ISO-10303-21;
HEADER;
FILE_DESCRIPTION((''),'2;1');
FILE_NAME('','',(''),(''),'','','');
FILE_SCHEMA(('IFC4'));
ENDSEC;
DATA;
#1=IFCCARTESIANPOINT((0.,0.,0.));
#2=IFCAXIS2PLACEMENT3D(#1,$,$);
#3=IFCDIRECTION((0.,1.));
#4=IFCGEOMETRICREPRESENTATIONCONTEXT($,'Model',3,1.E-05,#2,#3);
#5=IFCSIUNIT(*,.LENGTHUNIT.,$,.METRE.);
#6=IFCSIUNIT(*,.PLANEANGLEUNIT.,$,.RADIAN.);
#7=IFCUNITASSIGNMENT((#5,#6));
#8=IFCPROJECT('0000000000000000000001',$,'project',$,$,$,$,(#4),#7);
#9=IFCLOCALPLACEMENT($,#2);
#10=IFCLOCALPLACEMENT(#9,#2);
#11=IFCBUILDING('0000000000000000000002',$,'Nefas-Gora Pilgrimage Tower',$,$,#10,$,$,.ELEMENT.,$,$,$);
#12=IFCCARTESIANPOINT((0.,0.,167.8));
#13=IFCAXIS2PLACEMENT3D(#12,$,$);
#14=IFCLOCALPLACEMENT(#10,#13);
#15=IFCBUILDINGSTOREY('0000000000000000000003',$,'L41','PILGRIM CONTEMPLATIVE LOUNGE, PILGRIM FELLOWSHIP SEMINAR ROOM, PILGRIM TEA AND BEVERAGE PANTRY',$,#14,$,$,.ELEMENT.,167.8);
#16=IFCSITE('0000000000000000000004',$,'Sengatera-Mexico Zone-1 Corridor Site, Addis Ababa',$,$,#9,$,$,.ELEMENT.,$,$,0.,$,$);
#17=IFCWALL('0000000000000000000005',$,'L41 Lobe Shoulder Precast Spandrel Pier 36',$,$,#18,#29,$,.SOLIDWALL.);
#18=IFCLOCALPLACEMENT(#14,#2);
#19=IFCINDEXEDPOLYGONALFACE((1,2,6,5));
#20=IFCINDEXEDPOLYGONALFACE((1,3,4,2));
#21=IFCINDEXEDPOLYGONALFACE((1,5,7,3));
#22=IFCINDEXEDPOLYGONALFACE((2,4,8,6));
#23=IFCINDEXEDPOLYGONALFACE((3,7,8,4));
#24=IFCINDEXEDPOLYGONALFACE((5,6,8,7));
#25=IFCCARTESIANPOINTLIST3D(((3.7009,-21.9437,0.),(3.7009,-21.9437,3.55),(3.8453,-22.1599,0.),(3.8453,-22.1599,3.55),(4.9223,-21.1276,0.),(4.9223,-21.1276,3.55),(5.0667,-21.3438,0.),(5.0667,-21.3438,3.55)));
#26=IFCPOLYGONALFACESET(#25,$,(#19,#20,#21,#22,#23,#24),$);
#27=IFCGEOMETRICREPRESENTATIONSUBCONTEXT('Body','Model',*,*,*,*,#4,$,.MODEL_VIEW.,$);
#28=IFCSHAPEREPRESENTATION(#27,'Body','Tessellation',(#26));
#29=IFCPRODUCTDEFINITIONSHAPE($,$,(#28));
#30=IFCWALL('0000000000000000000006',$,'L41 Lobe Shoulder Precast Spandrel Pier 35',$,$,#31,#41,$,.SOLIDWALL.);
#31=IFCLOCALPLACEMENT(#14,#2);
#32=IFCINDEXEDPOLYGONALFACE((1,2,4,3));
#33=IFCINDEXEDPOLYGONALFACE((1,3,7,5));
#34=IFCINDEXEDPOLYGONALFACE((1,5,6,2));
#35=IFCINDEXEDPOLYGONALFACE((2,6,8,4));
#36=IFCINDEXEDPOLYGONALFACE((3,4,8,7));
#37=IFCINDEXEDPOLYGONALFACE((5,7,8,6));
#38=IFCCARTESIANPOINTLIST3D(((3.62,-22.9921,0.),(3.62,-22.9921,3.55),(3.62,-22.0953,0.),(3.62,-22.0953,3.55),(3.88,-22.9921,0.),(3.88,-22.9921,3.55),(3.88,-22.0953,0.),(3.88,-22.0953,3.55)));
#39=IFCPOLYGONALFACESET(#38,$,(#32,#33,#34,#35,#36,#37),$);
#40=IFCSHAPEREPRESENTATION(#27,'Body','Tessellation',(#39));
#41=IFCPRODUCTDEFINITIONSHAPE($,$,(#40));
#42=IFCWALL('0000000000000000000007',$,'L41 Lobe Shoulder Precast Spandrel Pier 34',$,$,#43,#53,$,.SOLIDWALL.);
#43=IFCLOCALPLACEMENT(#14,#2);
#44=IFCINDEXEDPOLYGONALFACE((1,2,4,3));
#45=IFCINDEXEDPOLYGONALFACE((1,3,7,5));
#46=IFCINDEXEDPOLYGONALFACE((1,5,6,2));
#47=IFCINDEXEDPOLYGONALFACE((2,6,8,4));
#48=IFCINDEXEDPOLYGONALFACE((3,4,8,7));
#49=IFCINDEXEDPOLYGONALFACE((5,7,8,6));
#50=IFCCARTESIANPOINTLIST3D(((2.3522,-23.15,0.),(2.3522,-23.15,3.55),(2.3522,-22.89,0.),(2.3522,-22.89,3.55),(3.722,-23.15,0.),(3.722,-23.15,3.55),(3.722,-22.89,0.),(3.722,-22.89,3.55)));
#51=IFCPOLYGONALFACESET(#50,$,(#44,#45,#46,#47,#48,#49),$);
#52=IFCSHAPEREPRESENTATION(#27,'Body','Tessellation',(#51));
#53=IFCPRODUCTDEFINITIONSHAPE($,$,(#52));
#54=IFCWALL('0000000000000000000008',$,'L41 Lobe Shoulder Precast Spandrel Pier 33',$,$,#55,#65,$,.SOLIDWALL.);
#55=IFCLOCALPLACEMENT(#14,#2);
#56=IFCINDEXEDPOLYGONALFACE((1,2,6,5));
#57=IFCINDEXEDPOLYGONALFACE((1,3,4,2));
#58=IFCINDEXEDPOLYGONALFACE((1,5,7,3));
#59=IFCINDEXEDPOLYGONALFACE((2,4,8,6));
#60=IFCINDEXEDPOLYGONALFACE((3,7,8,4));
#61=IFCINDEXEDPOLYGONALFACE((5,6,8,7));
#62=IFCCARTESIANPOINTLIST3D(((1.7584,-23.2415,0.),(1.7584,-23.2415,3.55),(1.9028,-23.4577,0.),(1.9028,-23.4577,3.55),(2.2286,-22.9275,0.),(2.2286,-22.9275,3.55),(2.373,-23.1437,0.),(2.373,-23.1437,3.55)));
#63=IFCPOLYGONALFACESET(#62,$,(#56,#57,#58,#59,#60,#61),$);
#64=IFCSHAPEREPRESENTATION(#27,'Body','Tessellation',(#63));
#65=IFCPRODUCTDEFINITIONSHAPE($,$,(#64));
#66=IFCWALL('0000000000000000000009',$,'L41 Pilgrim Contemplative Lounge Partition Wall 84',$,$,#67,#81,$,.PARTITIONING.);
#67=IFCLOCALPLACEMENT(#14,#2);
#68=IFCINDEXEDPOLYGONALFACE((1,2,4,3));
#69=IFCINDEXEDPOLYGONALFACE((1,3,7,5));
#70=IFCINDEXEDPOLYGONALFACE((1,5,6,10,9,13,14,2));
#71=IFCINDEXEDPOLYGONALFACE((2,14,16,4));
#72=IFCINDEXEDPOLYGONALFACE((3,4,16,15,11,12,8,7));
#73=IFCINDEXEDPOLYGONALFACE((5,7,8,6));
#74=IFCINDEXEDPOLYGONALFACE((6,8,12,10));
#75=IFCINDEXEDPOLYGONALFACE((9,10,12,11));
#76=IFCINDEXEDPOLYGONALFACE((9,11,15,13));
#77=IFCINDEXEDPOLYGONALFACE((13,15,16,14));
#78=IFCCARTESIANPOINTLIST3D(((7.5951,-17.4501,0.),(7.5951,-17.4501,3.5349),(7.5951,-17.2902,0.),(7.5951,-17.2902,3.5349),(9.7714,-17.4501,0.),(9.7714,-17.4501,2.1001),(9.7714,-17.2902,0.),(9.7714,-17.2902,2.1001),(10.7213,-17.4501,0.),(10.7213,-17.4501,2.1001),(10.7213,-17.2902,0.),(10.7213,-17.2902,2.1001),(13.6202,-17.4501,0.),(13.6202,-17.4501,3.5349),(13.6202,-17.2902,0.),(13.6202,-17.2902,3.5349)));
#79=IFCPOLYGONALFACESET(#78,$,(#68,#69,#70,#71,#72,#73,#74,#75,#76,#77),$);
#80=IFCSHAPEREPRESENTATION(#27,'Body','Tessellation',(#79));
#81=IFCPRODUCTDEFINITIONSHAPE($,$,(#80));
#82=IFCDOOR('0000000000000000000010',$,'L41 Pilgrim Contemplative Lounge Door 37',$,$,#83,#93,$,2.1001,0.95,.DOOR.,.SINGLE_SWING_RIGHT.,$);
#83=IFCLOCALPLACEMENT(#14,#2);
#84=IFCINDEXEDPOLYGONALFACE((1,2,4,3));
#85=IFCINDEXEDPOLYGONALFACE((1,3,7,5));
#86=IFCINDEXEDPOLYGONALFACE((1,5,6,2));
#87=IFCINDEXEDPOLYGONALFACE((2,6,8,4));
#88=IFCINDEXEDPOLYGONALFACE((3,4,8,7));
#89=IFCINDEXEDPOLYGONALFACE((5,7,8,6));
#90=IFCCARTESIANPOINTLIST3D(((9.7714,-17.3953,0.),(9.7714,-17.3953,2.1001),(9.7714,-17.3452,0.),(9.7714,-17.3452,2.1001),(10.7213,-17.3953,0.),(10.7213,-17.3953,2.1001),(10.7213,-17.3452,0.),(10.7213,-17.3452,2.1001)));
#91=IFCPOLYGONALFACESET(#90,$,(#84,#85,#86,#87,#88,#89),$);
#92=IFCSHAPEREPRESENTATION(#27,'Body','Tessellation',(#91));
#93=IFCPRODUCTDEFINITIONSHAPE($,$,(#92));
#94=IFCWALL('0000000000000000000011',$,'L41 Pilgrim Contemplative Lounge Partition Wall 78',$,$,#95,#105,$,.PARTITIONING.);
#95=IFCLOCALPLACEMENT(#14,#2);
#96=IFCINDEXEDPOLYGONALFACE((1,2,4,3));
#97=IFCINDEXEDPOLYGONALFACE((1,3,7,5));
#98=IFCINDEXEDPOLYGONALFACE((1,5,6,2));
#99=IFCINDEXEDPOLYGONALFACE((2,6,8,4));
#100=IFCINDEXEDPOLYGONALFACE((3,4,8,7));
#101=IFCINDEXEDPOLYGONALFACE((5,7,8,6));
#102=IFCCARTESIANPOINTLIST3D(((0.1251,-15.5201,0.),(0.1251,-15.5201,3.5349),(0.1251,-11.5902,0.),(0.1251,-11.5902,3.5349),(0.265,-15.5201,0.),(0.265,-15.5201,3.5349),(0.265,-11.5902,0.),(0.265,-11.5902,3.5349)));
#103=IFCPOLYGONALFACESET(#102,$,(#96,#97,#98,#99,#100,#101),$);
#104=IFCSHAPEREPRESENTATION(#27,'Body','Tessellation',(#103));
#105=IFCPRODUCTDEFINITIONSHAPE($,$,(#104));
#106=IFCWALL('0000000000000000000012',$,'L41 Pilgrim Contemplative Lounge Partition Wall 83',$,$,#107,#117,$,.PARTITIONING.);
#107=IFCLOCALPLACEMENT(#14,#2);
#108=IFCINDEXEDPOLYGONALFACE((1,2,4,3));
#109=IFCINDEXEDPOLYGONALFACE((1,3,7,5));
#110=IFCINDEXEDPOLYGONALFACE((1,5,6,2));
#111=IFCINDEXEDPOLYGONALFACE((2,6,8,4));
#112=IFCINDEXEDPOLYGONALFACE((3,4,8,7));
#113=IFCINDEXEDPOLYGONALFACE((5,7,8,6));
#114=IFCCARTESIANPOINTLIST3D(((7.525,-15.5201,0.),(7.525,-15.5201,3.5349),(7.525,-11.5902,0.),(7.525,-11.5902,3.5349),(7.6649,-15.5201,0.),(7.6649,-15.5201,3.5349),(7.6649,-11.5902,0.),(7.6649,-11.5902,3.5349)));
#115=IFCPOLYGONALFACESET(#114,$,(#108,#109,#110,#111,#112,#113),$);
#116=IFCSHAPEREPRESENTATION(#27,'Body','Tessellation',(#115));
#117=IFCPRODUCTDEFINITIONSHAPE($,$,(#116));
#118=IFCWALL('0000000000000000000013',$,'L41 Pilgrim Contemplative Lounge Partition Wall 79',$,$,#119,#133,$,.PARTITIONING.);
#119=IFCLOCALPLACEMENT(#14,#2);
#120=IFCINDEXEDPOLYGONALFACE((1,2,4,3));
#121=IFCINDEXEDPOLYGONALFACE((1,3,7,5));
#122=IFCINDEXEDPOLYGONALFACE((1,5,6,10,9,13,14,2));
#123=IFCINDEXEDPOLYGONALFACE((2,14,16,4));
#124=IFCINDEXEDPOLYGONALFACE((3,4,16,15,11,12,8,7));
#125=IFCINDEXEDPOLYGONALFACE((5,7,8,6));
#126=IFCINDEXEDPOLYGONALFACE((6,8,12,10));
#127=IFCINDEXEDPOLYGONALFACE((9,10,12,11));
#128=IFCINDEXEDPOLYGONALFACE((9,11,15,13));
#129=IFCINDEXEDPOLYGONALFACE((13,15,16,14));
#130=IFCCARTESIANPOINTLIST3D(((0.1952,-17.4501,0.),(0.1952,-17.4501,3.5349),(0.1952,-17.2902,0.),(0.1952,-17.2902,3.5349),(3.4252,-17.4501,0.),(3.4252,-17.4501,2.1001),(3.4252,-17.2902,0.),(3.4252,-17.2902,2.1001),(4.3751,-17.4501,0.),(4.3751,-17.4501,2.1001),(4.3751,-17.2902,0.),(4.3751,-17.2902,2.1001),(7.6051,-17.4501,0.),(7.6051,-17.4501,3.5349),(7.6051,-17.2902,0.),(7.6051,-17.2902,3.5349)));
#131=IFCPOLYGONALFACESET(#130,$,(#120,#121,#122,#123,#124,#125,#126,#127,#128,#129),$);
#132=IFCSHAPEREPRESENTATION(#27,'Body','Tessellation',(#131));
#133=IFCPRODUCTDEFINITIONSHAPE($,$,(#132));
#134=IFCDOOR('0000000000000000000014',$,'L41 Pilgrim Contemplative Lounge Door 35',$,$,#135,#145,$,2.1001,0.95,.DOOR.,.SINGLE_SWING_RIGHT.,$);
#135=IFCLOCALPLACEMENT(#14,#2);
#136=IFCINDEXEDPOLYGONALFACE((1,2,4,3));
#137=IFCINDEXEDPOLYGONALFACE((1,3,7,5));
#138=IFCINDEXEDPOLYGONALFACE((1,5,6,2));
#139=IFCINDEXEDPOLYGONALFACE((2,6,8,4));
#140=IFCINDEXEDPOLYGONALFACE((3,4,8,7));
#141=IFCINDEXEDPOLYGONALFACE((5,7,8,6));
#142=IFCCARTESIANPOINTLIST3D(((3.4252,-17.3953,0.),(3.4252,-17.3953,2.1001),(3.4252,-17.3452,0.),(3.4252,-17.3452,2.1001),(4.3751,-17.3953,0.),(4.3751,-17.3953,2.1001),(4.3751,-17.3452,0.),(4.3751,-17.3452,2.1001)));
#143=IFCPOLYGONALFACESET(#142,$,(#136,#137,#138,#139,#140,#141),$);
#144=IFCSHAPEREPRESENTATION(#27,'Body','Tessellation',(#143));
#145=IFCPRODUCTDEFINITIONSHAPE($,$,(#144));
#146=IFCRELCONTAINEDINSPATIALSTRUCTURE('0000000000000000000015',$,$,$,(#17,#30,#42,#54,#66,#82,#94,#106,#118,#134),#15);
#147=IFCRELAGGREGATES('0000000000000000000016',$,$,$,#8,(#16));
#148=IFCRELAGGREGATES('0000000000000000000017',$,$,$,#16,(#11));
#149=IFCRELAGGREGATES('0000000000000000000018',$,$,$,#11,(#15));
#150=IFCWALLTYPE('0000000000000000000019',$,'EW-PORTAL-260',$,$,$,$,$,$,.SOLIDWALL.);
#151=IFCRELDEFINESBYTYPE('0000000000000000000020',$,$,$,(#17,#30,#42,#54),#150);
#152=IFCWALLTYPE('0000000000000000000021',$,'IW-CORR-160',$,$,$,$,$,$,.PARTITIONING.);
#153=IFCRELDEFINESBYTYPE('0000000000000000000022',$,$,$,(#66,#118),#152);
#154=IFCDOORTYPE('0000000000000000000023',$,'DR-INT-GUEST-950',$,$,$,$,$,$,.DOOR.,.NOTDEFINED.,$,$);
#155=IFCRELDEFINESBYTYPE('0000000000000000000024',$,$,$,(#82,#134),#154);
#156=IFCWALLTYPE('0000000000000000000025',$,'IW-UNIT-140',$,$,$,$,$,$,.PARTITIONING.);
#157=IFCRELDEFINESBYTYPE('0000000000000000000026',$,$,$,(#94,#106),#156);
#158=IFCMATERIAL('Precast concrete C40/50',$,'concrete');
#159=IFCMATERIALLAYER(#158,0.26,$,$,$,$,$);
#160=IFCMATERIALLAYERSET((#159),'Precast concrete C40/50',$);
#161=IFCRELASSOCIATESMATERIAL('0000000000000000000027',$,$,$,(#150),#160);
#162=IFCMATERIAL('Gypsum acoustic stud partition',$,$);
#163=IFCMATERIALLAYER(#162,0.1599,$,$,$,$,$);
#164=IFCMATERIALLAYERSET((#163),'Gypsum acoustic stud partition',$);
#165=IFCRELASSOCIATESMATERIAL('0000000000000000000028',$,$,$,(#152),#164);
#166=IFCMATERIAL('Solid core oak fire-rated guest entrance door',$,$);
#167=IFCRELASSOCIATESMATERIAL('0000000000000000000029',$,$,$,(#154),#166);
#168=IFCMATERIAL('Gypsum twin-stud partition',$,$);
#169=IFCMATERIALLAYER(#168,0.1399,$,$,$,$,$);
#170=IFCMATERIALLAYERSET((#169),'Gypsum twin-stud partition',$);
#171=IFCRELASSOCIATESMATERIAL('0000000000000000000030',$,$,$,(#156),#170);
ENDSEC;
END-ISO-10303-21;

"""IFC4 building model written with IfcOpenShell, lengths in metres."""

from ifc_helpers import new_model, si_unit, direction, frame, frame_2d, origin, place, context, subcontext, project, spatial, rectangle, extrude, source, transform, mapped, material, layer, layer_set, type_object, element, fill, save


model = new_model("IFC4")

# Units and contexts
model_context = context("Model", 3, precision=1e-05, world=origin(), true_north=direction((0.0, 1.0)))
body_context = subcontext(model_context, "Body", "Model", "MODEL_VIEW")
ifc_project = project(units=[si_unit("LENGTHUNIT", "METRE"), si_unit("PLANEANGLEUNIT", "RADIAN")], contexts=[model_context])

# Site, building, storey
site_placement = place(None, origin())
site = spatial("IfcSite", under=ifc_project, at=site_placement, Name="Sengatera-Mexico Zone-1 Corridor Site, Addis Ababa", CompositionType="ELEMENT", RefElevation=0.0)
building_placement = place(site_placement, origin())
building = spatial("IfcBuilding", under=site, at=building_placement, Name="Nefas-Gora Pilgrimage Tower", CompositionType="ELEMENT")
storey_placement = place(building_placement, frame((0.0, 0.0, 167.8)))
storey = spatial("IfcBuildingStorey", under=building, at=storey_placement, Name="L41", Description="PILGRIM CONTEMPLATIVE LOUNGE, PILGRIM FELLOWSHIP SEMINAR ROOM, PILGRIM TEA AND BEVERAGE PANTRY", CompositionType="ELEMENT", Elevation=167.8)

# Walls
ifc_material_1 = material(Name="Precast concrete C40/50", Category="concrete")
ifc_layer_1 = layer(ifc_material_1, 0.26)
ifc_layer_set_1 = layer_set([ifc_layer_1], Name="Precast concrete C40/50")
wall_type_1 = type_object("IfcWallType", Name="EW-PORTAL-260", PredefinedType="SOLIDWALL", material=ifc_layer_set_1)
shared_shape_1 = source(origin(), body_context, "Body", "SweptSolid", [
    extrude(rectangle(XDim=1.469, YDim=0.26, at=frame_2d((0.7344, 0.0))), origin(), (0.0, 0.0, 1.0), 3.55),
])
wall_1_placement = place(storey_placement, frame((3.7732, -22.0518, 0.0), z_axis=(0.0, 0.0, 1.0), x_axis=(0.831462, 0.555582, 0.0)))
element("IfcWall", 1, at=wall_1_placement, inside=storey, type_object=wall_type_1, Name="L41 Lobe Shoulder Precast Spandrel Pier 36", PredefinedType="SOLIDWALL", context=body_context, shape_type="MappedRepresentation", body=[
    mapped(shared_shape_1, transform((0.0, 0.0, 0.0), x_axis=(1.0, 0.0, 0.0), y_axis=(0.0, 1.0, 0.0), z_axis=(0.0, 0.0, 1.0), scale=1.0)),
])
shared_shape_2 = source(origin(), body_context, "Body", "SweptSolid", [
    extrude(rectangle(XDim=0.8967, YDim=0.26, at=frame_2d((0.4482, 0.0))), origin(), (0.0, 0.0, 1.0), 3.55),
])
wall_2_placement = place(storey_placement, frame((3.75, -22.9919, 0.0), z_axis=(0.0, 0.0, 1.0), x_axis=(0.0, 1.0, 0.0)))
element("IfcWall", 2, at=wall_2_placement, inside=storey, type_object=wall_type_1, Name="L41 Lobe Shoulder Precast Spandrel Pier 35", PredefinedType="SOLIDWALL", context=body_context, shape_type="MappedRepresentation", body=[
    mapped(shared_shape_2, transform((0.0, 0.0, 0.0), x_axis=(1.0, 0.0, 0.0), y_axis=(0.0, 1.0, 0.0), z_axis=(0.0, 0.0, 1.0), scale=1.0)),
])
shared_shape_3 = source(origin(), body_context, "Body", "SweptSolid", [
    extrude(rectangle(XDim=1.3699, YDim=0.26, at=frame_2d((0.6851, 0.0))), origin(), (0.0, 0.0, 1.0), 3.55),
])
wall_3_placement = place(storey_placement, frame((2.3521, -23.02, 0.0), z_axis=(0.0, 0.0, 1.0), x_axis=(1.0, 0.0, 0.0)))
element("IfcWall", 3, at=wall_3_placement, inside=storey, type_object=wall_type_1, Name="L41 Lobe Shoulder Precast Spandrel Pier 34", PredefinedType="SOLIDWALL", context=body_context, shape_type="MappedRepresentation", body=[
    mapped(shared_shape_3, transform((0.0, 0.0, 0.0), x_axis=(1.0, 0.0, 0.0), y_axis=(0.0, 1.0, 0.0), z_axis=(0.0, 0.0, 1.0), scale=1.0)),
])
shared_shape_4 = source(origin(), body_context, "Body", "SweptSolid", [
    extrude(rectangle(XDim=0.5654, YDim=0.26, at=frame_2d((0.2827, 0.0))), origin(), (0.0, 0.0, 1.0), 3.55),
])
wall_4_placement = place(storey_placement, frame((1.8306, -23.3496, 0.0), z_axis=(0.0, 0.0, 1.0), x_axis=(0.831651, 0.555298, 0.0)))
element("IfcWall", 4, at=wall_4_placement, inside=storey, type_object=wall_type_1, Name="L41 Lobe Shoulder Precast Spandrel Pier 33", PredefinedType="SOLIDWALL", context=body_context, shape_type="MappedRepresentation", body=[
    mapped(shared_shape_4, transform((0.0, 0.0, 0.0), x_axis=(1.0, 0.0, 0.0), y_axis=(0.0, 1.0, 0.0), z_axis=(0.0, 0.0, 1.0), scale=1.0)),
])

# Wall, opening, door
ifc_material_2 = material(Name="Gypsum acoustic stud partition")
ifc_layer_2 = layer(ifc_material_2, 0.1599)
ifc_layer_set_2 = layer_set([ifc_layer_2], Name="Gypsum acoustic stud partition")
wall_type_2 = type_object("IfcWallType", Name="IW-CORR-160", PredefinedType="PARTITIONING", material=ifc_layer_set_2)
shared_shape_5 = source(origin(), body_context, "Body", "SweptSolid", [
    extrude(rectangle(XDim=6.0251, YDim=0.1599, at=frame_2d((3.0127, 0.0))), origin(), (0.0, 0.0, 1.0), 3.5349),
])
wall_5_placement = place(storey_placement, frame((7.595, -17.3701, 0.0), z_axis=(0.0, 0.0, 1.0), x_axis=(1.0, 0.0, 0.0)))
wall_5 = element("IfcWall", 5, at=wall_5_placement, inside=storey, type_object=wall_type_2, Name="L41 Pilgrim Contemplative Lounge Partition Wall 84", PredefinedType="PARTITIONING", context=body_context, shape_type="MappedRepresentation", body=[
    mapped(shared_shape_5, transform((0.0, 0.0, 0.0), x_axis=(1.0, 0.0, 0.0), y_axis=(0.0, 1.0, 0.0), z_axis=(0.0, 0.0, 1.0), scale=1.0)),
])
opening_1_placement = place(wall_5_placement, frame((2.1763, 0.0, 0.0)))
opening_1 = element("IfcOpeningElement", 6, at=opening_1_placement, cuts=wall_5, PredefinedType="OPENING", context=body_context, shape_type="SweptSolid", body=[
    extrude(rectangle(XDim=0.95, YDim=2.1001, at=frame_2d((0.4751, 1.05))), frame((0.0, 0.0898, 0.0), z_axis=(0.0, -1.0, 0.0), x_axis=(1.0, 0.0, 0.0)), (0.0, 0.0, 1.0), 0.1799),
])
ifc_material_3 = material(Name="Solid core oak fire-rated guest entrance door")
door_type = type_object("IfcDoorType", Name="DR-INT-GUEST-950", OperationType="NOTDEFINED", PredefinedType="DOOR", material=ifc_material_3)
shared_shape_6 = source(origin(), body_context, "Body", "SweptSolid", [
    extrude(rectangle(XDim=0.95, YDim=2.1001, at=frame_2d((0.4751, 1.05))), frame((0.0, 0.0249, 0.0), z_axis=(0.0, -1.0, 0.0), x_axis=(1.0, 0.0, 0.0)), (0.0, 0.0, 1.0), 0.05),
])
door_1_placement = place(opening_1_placement, origin())
door_1 = element("IfcDoor", 7, at=door_1_placement, inside=storey, type_object=door_type, Name="L41 Pilgrim Contemplative Lounge Door 37", OperationType="SINGLE_SWING_RIGHT", OverallHeight=2.1001, OverallWidth=0.95, PredefinedType="DOOR", context=body_context, shape_type="MappedRepresentation", body=[
    mapped(shared_shape_6, transform((0.0, 0.0, 0.0), x_axis=(1.0, 0.0, 0.0), y_axis=(0.0, 1.0, 0.0), z_axis=(0.0, 0.0, 1.0), scale=1.0)),
])
fill(opening_1, door_1)

# Walls
ifc_material_4 = material(Name="Gypsum twin-stud partition")
ifc_layer_3 = layer(ifc_material_4, 0.1399)
ifc_layer_set_3 = layer_set([ifc_layer_3], Name="Gypsum twin-stud partition")
wall_type_3 = type_object("IfcWallType", Name="IW-UNIT-140", PredefinedType="PARTITIONING", material=ifc_layer_set_3)
shared_shape_7 = source(origin(), body_context, "Body", "SweptSolid", [
    extrude(rectangle(XDim=3.9299, YDim=0.1399, at=frame_2d((1.9648, 0.0))), origin(), (0.0, 0.0, 1.0), 3.5349),
])
for number, where, z_axis, x_axis, name in (
    (8, (0.1951, -15.52, 0.0), (0.0, 0.0, 1.0), (0.0, 1.0, 0.0), "L41 Pilgrim Contemplative Lounge Partition Wall 78"),
    (9, (7.595, -15.52, 0.0), (0.0, 0.0, 1.0), (0.0, 1.0, 0.0), "L41 Pilgrim Contemplative Lounge Partition Wall 83"),
):
    element("IfcWall", number, at=place(storey_placement, frame(where, z_axis=z_axis, x_axis=x_axis)), inside=storey, type_object=wall_type_3, Name=name, PredefinedType="PARTITIONING", context=body_context, shape_type="MappedRepresentation", body=[
        mapped(shared_shape_7, transform((0.0, 0.0, 0.0), x_axis=(1.0, 0.0, 0.0), y_axis=(0.0, 1.0, 0.0), z_axis=(0.0, 0.0, 1.0), scale=1.0)),
    ])

# Wall, opening, door
shared_shape_8 = source(origin(), body_context, "Body", "SweptSolid", [
    extrude(rectangle(XDim=7.4099, YDim=0.1599, at=frame_2d((3.7051, 0.0))), origin(), (0.0, 0.0, 1.0), 3.5349),
])
wall_6_placement = place(storey_placement, frame((0.1951, -17.3701, 0.0), z_axis=(0.0, 0.0, 1.0), x_axis=(1.0, 0.0, 0.0)))
wall_6 = element("IfcWall", 10, at=wall_6_placement, inside=storey, type_object=wall_type_2, Name="L41 Pilgrim Contemplative Lounge Partition Wall 79", PredefinedType="PARTITIONING", context=body_context, shape_type="MappedRepresentation", body=[
    mapped(shared_shape_8, transform((0.0, 0.0, 0.0), x_axis=(1.0, 0.0, 0.0), y_axis=(0.0, 1.0, 0.0), z_axis=(0.0, 0.0, 1.0), scale=1.0)),
])
opening_2_placement = place(wall_6_placement, frame((3.23, 0.0, 0.0)))
opening_2 = element("IfcOpeningElement", 11, at=opening_2_placement, cuts=wall_6, PredefinedType="OPENING", context=body_context, shape_type="SweptSolid", body=[
    extrude(rectangle(XDim=0.95, YDim=2.1001, at=frame_2d((0.4751, 1.05))), frame((0.0, 0.0898, 0.0), z_axis=(0.0, -1.0, 0.0), x_axis=(1.0, 0.0, 0.0)), (0.0, 0.0, 1.0), 0.1799),
])
door_2_placement = place(opening_2_placement, origin())
door_2 = element("IfcDoor", 12, at=door_2_placement, inside=storey, type_object=door_type, Name="L41 Pilgrim Contemplative Lounge Door 35", OperationType="SINGLE_SWING_RIGHT", OverallHeight=2.1001, OverallWidth=0.95, PredefinedType="DOOR", context=body_context, shape_type="MappedRepresentation", body=[
    mapped(shared_shape_6, transform((0.0, 0.0, 0.0), x_axis=(1.0, 0.0, 0.0), y_axis=(0.0, 1.0, 0.0), z_axis=(0.0, 0.0, 1.0), scale=1.0)),
])
fill(opening_2, door_2)

save(model, "model.ifc")
